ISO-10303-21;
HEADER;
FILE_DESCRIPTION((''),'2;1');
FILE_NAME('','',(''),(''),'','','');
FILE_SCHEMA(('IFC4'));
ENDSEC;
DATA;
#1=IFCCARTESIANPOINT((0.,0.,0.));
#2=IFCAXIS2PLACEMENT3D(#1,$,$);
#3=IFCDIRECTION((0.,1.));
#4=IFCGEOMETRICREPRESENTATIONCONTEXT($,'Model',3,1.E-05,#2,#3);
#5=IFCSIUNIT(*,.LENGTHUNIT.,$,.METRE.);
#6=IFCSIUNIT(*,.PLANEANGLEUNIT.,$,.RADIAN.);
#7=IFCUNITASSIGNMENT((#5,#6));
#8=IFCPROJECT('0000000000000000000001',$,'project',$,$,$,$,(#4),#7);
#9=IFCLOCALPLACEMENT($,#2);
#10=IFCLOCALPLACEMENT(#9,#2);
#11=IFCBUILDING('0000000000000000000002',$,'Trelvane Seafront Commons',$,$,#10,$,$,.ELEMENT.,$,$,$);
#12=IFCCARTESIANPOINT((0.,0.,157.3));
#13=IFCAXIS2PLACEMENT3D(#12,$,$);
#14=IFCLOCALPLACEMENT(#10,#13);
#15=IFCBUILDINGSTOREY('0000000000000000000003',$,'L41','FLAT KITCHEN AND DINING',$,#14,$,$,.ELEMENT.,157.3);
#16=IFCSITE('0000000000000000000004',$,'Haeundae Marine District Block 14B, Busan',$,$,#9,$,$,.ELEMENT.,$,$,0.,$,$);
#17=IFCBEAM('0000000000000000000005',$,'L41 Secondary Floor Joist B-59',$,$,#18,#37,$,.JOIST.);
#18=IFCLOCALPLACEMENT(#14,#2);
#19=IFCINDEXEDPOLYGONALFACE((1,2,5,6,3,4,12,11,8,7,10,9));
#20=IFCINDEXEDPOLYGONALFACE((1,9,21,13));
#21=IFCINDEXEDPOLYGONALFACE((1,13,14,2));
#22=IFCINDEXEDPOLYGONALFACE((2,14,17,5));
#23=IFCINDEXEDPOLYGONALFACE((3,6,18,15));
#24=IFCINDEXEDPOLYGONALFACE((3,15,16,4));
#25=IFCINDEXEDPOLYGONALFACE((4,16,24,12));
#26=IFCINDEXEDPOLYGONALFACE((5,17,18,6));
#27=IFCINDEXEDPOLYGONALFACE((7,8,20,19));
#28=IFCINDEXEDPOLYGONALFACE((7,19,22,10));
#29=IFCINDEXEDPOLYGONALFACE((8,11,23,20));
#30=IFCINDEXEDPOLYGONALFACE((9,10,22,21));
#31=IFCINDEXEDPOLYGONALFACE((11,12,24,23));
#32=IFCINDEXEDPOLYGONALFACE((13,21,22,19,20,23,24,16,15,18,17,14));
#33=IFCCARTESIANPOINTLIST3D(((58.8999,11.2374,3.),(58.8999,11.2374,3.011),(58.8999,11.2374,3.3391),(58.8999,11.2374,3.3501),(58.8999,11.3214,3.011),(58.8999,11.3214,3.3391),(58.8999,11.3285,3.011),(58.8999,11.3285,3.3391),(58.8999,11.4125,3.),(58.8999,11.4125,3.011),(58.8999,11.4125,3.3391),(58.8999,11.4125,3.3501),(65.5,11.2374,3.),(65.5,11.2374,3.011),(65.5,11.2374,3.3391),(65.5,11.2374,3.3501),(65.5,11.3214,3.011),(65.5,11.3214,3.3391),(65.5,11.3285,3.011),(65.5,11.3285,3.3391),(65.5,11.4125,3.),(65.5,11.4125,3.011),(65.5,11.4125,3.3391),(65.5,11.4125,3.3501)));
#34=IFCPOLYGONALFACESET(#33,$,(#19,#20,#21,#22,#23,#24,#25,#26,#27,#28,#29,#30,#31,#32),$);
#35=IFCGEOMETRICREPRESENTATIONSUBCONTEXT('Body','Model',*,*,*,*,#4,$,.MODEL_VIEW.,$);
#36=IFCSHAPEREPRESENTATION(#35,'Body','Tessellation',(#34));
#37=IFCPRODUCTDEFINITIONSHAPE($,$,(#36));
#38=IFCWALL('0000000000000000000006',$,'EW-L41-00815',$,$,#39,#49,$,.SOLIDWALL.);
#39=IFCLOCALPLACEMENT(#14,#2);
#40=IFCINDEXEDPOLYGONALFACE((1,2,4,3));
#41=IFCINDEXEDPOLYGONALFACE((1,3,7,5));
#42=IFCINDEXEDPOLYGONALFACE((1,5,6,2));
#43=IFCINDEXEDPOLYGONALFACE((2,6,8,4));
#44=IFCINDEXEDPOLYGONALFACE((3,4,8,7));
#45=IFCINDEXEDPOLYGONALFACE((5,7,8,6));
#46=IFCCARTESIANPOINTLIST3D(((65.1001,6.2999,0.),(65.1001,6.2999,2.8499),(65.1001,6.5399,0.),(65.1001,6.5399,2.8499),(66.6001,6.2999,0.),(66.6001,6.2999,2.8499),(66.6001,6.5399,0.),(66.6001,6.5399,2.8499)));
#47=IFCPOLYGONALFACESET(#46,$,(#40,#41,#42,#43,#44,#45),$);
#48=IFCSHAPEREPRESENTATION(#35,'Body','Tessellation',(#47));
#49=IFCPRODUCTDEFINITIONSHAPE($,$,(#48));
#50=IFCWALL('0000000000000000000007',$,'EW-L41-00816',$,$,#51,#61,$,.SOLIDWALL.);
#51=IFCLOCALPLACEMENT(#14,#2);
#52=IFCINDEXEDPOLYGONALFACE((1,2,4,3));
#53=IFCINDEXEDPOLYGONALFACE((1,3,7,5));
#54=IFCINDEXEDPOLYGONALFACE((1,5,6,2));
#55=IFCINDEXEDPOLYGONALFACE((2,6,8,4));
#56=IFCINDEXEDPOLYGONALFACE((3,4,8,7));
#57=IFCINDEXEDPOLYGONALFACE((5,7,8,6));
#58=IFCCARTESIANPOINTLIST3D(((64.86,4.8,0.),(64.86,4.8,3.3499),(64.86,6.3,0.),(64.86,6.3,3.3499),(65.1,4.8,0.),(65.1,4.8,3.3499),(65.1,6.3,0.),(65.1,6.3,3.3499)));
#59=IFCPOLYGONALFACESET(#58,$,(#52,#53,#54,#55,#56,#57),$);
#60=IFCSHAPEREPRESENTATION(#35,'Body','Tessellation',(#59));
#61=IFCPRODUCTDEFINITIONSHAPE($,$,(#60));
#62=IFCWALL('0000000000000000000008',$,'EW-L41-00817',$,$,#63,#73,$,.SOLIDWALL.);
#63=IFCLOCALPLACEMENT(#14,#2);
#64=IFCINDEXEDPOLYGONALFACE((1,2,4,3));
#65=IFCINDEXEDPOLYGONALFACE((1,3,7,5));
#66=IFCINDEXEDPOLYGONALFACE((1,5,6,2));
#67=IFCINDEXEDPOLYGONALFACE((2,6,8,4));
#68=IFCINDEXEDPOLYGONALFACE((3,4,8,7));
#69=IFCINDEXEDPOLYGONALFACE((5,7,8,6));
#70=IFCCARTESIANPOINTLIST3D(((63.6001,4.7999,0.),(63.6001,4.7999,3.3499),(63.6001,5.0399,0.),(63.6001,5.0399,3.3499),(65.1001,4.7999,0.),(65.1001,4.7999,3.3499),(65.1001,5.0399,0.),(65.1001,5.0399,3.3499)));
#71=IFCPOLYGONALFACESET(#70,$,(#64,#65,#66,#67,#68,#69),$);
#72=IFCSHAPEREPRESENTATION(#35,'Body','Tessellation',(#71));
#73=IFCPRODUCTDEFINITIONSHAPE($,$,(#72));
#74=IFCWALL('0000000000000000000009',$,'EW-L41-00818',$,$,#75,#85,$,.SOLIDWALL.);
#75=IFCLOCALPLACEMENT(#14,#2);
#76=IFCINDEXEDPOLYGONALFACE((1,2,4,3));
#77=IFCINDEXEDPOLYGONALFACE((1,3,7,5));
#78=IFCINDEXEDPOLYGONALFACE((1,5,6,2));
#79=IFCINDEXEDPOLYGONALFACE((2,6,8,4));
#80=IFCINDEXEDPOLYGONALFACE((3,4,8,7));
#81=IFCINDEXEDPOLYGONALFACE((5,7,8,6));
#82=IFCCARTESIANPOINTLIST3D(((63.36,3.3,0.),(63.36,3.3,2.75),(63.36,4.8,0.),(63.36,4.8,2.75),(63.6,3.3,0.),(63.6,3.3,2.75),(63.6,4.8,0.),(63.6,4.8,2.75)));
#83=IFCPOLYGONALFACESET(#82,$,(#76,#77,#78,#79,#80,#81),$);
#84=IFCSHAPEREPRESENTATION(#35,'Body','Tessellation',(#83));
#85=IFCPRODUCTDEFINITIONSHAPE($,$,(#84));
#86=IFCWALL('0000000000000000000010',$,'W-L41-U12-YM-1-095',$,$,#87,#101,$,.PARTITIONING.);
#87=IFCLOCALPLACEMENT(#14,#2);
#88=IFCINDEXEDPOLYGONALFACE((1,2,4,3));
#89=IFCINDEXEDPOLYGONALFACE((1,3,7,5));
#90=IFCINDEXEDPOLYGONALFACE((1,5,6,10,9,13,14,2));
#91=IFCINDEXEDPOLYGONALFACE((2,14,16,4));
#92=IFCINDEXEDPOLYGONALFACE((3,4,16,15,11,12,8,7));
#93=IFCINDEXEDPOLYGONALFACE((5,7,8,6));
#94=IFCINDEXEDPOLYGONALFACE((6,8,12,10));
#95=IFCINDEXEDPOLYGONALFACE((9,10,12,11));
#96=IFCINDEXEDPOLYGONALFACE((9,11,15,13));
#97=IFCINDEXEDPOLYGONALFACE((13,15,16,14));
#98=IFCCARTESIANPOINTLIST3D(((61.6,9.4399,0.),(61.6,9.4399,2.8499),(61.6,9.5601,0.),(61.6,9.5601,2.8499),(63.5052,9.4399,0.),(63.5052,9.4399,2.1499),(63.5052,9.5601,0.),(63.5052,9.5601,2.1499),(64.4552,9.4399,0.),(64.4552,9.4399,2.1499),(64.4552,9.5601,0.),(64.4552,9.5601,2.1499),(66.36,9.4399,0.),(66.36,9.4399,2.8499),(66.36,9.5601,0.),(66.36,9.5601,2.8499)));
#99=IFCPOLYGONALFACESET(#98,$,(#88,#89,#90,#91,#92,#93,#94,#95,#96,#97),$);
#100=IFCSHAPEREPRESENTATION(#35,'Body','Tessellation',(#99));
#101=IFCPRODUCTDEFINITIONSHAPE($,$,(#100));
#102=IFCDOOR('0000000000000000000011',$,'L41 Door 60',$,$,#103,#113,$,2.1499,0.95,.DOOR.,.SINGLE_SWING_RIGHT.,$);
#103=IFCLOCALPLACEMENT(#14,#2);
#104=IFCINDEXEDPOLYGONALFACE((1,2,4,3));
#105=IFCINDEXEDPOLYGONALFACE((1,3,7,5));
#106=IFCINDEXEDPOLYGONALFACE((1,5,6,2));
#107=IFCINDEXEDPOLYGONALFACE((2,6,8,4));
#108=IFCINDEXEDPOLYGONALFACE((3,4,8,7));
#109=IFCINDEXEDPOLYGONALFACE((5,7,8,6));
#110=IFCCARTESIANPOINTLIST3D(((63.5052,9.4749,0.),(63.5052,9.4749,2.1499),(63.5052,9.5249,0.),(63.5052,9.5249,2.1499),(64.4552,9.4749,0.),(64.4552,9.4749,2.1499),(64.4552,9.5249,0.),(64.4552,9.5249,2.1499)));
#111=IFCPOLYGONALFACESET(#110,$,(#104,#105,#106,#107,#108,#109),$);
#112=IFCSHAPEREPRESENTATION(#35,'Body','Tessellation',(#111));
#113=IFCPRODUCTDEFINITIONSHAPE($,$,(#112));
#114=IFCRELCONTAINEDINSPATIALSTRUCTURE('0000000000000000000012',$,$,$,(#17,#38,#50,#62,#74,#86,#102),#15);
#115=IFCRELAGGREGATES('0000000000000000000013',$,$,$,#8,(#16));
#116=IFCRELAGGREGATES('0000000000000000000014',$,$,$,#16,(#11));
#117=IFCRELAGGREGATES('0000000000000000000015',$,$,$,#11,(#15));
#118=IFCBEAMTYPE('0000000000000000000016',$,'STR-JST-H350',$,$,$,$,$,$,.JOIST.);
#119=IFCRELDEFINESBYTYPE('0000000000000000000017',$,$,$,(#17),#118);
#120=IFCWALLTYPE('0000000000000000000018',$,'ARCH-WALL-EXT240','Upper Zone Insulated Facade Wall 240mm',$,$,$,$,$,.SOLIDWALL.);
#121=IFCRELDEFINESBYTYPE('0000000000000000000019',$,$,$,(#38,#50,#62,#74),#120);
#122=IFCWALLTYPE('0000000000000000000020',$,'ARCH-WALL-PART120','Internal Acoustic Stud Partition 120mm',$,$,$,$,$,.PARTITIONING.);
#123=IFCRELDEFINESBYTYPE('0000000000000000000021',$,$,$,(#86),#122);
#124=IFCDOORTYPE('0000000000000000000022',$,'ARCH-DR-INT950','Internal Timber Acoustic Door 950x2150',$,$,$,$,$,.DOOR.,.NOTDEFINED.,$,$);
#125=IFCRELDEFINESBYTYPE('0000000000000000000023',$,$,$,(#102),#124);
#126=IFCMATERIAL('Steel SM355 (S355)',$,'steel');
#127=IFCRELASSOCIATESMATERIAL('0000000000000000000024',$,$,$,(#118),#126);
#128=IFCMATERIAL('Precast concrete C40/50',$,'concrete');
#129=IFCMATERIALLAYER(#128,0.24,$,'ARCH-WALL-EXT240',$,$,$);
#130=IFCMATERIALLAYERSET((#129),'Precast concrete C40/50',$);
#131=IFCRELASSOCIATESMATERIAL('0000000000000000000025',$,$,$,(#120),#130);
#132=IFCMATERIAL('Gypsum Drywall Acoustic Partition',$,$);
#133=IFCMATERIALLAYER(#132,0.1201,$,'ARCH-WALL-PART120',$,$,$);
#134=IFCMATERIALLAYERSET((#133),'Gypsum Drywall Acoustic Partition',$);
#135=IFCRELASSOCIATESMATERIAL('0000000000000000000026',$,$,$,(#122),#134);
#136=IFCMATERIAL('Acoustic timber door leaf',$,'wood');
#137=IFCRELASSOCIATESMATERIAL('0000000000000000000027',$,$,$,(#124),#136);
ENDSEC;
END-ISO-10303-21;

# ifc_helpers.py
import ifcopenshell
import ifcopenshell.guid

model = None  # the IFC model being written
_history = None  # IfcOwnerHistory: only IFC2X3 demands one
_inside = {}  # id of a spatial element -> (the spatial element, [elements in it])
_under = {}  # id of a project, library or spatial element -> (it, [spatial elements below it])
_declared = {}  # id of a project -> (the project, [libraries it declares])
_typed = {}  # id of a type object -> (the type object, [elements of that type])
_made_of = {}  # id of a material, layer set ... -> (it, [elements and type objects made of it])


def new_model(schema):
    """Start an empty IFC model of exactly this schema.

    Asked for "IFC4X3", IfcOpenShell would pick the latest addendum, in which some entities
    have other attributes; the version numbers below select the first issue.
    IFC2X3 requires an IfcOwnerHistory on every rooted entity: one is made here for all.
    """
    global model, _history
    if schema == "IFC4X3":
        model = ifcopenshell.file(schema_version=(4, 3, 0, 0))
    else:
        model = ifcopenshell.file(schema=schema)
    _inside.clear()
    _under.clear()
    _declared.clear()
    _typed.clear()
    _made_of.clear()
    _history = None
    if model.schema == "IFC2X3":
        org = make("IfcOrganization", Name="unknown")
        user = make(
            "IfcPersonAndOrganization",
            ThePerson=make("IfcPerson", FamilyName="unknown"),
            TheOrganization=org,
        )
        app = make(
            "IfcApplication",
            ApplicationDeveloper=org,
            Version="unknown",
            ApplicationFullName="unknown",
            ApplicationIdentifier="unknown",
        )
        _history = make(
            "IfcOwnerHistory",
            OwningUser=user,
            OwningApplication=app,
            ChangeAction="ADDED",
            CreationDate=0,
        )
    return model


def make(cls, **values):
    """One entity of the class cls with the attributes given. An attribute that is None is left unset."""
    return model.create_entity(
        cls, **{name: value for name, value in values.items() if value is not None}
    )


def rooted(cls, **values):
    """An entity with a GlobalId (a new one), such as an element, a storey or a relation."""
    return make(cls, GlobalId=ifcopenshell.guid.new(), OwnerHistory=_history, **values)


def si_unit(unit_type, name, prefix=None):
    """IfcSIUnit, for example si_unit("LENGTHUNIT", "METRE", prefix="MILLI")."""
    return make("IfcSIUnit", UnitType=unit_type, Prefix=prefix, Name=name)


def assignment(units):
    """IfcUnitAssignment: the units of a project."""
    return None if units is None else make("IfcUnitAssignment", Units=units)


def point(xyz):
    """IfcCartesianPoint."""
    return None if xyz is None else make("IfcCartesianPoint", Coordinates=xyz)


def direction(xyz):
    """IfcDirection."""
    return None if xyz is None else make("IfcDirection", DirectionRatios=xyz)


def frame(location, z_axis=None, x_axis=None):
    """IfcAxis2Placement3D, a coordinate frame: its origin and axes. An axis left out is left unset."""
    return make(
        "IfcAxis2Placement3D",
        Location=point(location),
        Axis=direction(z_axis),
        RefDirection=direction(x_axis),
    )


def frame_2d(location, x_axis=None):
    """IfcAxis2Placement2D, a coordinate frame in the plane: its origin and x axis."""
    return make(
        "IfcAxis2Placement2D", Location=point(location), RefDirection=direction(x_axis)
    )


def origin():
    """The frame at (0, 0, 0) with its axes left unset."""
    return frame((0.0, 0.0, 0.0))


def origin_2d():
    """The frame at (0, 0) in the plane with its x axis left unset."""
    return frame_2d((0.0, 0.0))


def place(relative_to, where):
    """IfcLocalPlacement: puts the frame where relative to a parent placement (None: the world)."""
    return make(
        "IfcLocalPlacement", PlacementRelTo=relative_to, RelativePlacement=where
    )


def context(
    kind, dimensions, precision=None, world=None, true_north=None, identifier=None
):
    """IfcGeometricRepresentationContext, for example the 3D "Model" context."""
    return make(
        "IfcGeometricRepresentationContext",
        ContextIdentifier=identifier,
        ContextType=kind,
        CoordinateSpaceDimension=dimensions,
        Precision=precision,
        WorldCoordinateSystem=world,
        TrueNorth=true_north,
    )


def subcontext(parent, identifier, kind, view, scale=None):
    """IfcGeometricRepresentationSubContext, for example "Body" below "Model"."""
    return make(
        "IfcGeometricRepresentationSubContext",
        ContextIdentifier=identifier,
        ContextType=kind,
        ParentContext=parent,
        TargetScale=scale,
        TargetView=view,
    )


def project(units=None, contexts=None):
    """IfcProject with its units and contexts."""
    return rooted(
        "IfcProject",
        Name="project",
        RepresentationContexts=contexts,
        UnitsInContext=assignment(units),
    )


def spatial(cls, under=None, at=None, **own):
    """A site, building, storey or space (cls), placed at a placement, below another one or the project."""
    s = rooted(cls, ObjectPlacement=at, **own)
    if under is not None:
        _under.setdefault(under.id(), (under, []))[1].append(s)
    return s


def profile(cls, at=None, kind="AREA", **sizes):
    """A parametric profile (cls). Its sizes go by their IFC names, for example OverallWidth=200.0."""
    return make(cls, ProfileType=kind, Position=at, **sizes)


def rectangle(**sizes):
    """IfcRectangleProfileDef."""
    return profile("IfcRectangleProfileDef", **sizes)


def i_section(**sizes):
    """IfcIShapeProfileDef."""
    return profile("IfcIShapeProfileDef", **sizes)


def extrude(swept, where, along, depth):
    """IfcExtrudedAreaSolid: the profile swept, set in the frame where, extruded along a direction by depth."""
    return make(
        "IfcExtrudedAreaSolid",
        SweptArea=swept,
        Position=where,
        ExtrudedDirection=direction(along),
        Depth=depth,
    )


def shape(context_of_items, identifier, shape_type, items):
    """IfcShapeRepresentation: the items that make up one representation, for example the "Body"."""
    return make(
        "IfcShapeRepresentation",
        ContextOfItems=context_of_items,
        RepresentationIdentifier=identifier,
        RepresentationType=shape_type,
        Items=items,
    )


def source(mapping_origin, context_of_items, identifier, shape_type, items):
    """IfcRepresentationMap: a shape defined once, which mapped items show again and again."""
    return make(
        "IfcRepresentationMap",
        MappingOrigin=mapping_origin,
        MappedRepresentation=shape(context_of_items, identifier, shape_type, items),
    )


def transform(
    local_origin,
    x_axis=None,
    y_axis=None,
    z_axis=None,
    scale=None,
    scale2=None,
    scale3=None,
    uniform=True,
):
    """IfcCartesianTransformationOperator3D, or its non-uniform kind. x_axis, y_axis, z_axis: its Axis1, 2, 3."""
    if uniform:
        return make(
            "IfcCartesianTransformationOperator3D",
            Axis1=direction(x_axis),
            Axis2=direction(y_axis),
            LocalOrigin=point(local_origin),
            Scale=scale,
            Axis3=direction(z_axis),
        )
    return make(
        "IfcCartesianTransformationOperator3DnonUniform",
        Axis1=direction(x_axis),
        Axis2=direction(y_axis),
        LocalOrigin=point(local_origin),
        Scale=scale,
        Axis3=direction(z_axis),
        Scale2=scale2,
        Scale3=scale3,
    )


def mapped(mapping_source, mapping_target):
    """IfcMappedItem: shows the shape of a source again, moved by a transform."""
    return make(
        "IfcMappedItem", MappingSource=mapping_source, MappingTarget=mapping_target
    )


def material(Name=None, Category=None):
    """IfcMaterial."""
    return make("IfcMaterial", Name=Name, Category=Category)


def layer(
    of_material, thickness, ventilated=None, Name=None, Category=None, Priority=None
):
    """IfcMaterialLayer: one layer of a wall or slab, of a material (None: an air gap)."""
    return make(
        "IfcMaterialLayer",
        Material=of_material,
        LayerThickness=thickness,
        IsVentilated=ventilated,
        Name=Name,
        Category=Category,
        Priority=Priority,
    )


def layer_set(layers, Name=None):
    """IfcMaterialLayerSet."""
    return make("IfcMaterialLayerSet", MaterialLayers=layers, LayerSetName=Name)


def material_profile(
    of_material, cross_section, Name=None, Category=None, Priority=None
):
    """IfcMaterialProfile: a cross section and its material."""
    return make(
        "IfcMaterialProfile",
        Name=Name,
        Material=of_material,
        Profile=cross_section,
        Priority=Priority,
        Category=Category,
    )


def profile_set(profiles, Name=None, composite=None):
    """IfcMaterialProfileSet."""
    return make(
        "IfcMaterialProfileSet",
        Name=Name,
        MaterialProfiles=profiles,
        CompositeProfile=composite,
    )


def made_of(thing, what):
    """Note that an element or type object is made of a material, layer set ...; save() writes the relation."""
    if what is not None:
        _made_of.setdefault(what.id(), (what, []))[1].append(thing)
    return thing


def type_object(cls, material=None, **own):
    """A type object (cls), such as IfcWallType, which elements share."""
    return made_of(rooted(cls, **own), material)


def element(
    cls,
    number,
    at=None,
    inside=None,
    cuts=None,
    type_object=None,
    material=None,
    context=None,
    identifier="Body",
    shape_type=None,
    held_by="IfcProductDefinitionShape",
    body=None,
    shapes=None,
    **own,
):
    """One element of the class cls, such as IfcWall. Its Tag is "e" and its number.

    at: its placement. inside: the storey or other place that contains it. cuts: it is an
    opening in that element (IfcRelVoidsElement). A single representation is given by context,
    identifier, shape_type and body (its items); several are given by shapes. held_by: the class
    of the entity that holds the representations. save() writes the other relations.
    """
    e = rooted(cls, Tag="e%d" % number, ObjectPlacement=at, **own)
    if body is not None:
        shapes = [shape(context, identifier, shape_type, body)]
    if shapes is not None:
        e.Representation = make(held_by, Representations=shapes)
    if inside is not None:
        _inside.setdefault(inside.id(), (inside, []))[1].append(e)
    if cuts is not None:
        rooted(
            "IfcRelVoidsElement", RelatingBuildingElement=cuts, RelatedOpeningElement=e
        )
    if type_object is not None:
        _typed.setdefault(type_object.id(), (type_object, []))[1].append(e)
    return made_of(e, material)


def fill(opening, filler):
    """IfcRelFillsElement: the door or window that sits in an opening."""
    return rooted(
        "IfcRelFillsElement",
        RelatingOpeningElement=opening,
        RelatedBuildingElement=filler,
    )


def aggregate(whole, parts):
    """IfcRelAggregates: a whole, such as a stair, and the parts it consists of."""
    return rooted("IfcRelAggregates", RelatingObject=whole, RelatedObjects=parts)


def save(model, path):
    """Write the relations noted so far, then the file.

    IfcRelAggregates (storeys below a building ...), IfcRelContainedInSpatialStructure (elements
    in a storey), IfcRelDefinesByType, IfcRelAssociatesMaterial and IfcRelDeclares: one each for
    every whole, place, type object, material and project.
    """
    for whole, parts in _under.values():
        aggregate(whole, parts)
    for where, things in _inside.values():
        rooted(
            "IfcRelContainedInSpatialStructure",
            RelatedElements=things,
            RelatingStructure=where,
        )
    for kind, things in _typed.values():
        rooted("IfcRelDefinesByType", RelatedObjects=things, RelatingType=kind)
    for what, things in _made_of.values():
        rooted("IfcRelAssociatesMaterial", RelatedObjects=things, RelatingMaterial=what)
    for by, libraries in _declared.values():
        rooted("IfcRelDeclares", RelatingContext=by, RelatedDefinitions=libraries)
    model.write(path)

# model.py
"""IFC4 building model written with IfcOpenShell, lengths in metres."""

from ifc_helpers import new_model, si_unit, direction, frame, frame_2d, origin, origin_2d, place, context, subcontext, project, spatial, rectangle, i_section, extrude, source, transform, mapped, material, layer, layer_set, material_profile, profile_set, type_object, element, fill, save


model = new_model("IFC4")

# Units and contexts
model_context = context("Model", 3, precision=1e-05, world=origin(), true_north=direction((0.0, 1.0)))
body_context = subcontext(model_context, "Body", "Model", "MODEL_VIEW")
ifc_project = project(units=[si_unit("LENGTHUNIT", "METRE"), si_unit("PLANEANGLEUNIT", "RADIAN")], contexts=[model_context])

# Site, building, storey
site_placement = place(None, origin())
site = spatial("IfcSite", under=ifc_project, at=site_placement, Name="Haeundae Marine District Block 14B, Busan", CompositionType="ELEMENT", RefElevation=0.0)
building_placement = place(site_placement, origin())
building = spatial("IfcBuilding", under=site, at=building_placement, Name="Trelvane Seafront Commons", CompositionType="ELEMENT")
storey_placement = place(building_placement, frame((0.0, 0.0, 157.3)))
storey = spatial("IfcBuildingStorey", under=building, at=storey_placement, Name="L41", Description="FLAT KITCHEN AND DINING", CompositionType="ELEMENT", Elevation=157.3)

# Beam
ifc_material_1 = material(Name="Steel SM355 (S355)", Category="steel")
ifc_material_profile = material_profile(ifc_material_1, i_section(OverallWidth=0.175, OverallDepth=0.3501, WebThickness=0.0071, FlangeThickness=0.011, at=origin_2d()), Name="H-350x175x7x11")
ifc_profile_set = profile_set([ifc_material_profile], Name="Steel SM355 (S355)")
beam_type = type_object("IfcBeamType", Name="STR-JST-H350", PredefinedType="JOIST", material=ifc_profile_set)
shared_shape_1 = source(origin(), body_context, "Body", "SweptSolid", [
    extrude(i_section(OverallWidth=0.175, OverallDepth=0.3501, WebThickness=0.0071, FlangeThickness=0.011, at=origin_2d()), origin(), (0.0, 0.0, 1.0), 6.6001),
])
beam_placement = place(storey_placement, frame((58.8999, 11.325, 3.175), z_axis=(1.0, 0.0, 0.0), x_axis=(0.0, 1.0, 0.0)))
element("IfcBeam", 1, at=beam_placement, inside=storey, type_object=beam_type, Name="L41 Secondary Floor Joist B-59", PredefinedType="JOIST", context=body_context, shape_type="MappedRepresentation", body=[
    mapped(shared_shape_1, transform((0.0, 0.0, 0.0), x_axis=(1.0, 0.0, 0.0), y_axis=(0.0, 1.0, 0.0), z_axis=(0.0, 0.0, 1.0), scale=1.0)),
])

# Walls
ifc_material_2 = material(Name="Precast concrete C40/50", Category="concrete")
ifc_layer_1 = layer(ifc_material_2, 0.24, Name="ARCH-WALL-EXT240")
ifc_layer_set_1 = layer_set([ifc_layer_1], Name="Precast concrete C40/50")
wall_type_1 = type_object("IfcWallType", Name="ARCH-WALL-EXT240", Description="Upper Zone Insulated Facade Wall 240mm", PredefinedType="SOLIDWALL", material=ifc_layer_set_1)
wall_1_placement = place(storey_placement, frame((66.6001, 6.4199, 0.0), z_axis=(0.0, 0.0, 1.0), x_axis=(-1.0, 0.0, 0.0)))
element("IfcWall", 2, at=wall_1_placement, inside=storey, type_object=wall_type_1, Name="EW-L41-00815", PredefinedType="SOLIDWALL", context=body_context, shape_type="SweptSolid", body=[
    extrude(rectangle(XDim=1.5, YDim=0.24, at=frame_2d((0.75, 0.0))), origin(), (0.0, 0.0, 1.0), 2.8499),
])
for number, where, z_axis, x_axis, name in (
    (3, (64.98, 6.3, 0.0), (0.0, 0.0, 1.0), (0.0, -1.0, 0.0), "EW-L41-00816"),
    (4, (65.1001, 4.9199, 0.0), (0.0, 0.0, 1.0), (-1.0, 0.0, 0.0), "EW-L41-00817"),
):
    element("IfcWall", number, at=place(storey_placement, frame(where, z_axis=z_axis, x_axis=x_axis)), inside=storey, type_object=wall_type_1, Name=name, PredefinedType="SOLIDWALL", context=body_context, shape_type="SweptSolid", body=[
        extrude(rectangle(XDim=1.5, YDim=0.24, at=frame_2d((0.75, 0.0))), origin(), (0.0, 0.0, 1.0), 3.3499),
    ])
wall_2_placement = place(storey_placement, frame((63.48, 4.8, 0.0), z_axis=(0.0, 0.0, 1.0), x_axis=(0.0, -1.0, 0.0)))
element("IfcWall", 5, at=wall_2_placement, inside=storey, type_object=wall_type_1, Name="EW-L41-00818", PredefinedType="SOLIDWALL", context=body_context, shape_type="SweptSolid", body=[
    extrude(rectangle(XDim=1.5, YDim=0.24, at=frame_2d((0.75, 0.0))), origin(), (0.0, 0.0, 1.0), 2.75),
])

# Wall, opening, door
ifc_material_3 = material(Name="Gypsum Drywall Acoustic Partition")
ifc_layer_2 = layer(ifc_material_3, 0.1201, Name="ARCH-WALL-PART120")
ifc_layer_set_2 = layer_set([ifc_layer_2], Name="Gypsum Drywall Acoustic Partition")
wall_type_2 = type_object("IfcWallType", Name="ARCH-WALL-PART120", Description="Internal Acoustic Stud Partition 120mm", PredefinedType="PARTITIONING", material=ifc_layer_set_2)
wall_3_placement = place(storey_placement, frame((61.6001, 9.5, 0.0), z_axis=(0.0, 0.0, 1.0), x_axis=(1.0, 0.0, 0.0)))
wall_3 = element("IfcWall", 6, at=wall_3_placement, inside=storey, type_object=wall_type_2, Name="W-L41-U12-YM-1-095", PredefinedType="PARTITIONING", context=body_context, shape_type="SweptSolid", body=[
    extrude(rectangle(XDim=4.76, YDim=0.1201, at=frame_2d((2.3799, 0.0))), origin(), (0.0, 0.0, 1.0), 2.8499),
])
opening_placement = place(wall_3_placement, frame((1.905, 0.0, 0.0)))
opening = element("IfcOpeningElement", 7, at=opening_placement, cuts=wall_3, PredefinedType="OPENING", context=body_context, shape_type="SweptSolid", body=[
    extrude(rectangle(XDim=0.95, YDim=2.1499, at=frame_2d((0.4751, 1.075))), frame((0.0, 0.0701, 0.0), z_axis=(0.0, -1.0, 0.0), x_axis=(1.0, 0.0, 0.0)), (0.0, 0.0, 1.0), 0.1401),
])
ifc_material_4 = material(Name="Acoustic timber door leaf", Category="wood")
door_type = type_object("IfcDoorType", Name="ARCH-DR-INT950", Description="Internal Timber Acoustic Door 950x2150", OperationType="NOTDEFINED", PredefinedType="DOOR", material=ifc_material_4)
shared_shape_2 = source(origin(), body_context, "Body", "SweptSolid", [
    extrude(rectangle(XDim=0.95, YDim=2.1499, at=frame_2d((0.4751, 1.075))), frame((0.0, 0.0249, 0.0), z_axis=(0.0, -1.0, 0.0), x_axis=(1.0, 0.0, 0.0)), (0.0, 0.0, 1.0), 0.05),
])
door_placement = place(opening_placement, origin())
door = element("IfcDoor", 8, at=door_placement, inside=storey, type_object=door_type, Name="L41 Door 60", OperationType="SINGLE_SWING_RIGHT", OverallHeight=2.1499, OverallWidth=0.95, PredefinedType="DOOR", context=body_context, shape_type="MappedRepresentation", body=[
    mapped(shared_shape_2, transform((0.0, 0.0, 0.0), x_axis=(1.0, 0.0, 0.0), y_axis=(0.0, 1.0, 0.0), z_axis=(0.0, 0.0, 1.0), scale=1.0)),
])
fill(opening, door)

save(model, "model.ifc")
